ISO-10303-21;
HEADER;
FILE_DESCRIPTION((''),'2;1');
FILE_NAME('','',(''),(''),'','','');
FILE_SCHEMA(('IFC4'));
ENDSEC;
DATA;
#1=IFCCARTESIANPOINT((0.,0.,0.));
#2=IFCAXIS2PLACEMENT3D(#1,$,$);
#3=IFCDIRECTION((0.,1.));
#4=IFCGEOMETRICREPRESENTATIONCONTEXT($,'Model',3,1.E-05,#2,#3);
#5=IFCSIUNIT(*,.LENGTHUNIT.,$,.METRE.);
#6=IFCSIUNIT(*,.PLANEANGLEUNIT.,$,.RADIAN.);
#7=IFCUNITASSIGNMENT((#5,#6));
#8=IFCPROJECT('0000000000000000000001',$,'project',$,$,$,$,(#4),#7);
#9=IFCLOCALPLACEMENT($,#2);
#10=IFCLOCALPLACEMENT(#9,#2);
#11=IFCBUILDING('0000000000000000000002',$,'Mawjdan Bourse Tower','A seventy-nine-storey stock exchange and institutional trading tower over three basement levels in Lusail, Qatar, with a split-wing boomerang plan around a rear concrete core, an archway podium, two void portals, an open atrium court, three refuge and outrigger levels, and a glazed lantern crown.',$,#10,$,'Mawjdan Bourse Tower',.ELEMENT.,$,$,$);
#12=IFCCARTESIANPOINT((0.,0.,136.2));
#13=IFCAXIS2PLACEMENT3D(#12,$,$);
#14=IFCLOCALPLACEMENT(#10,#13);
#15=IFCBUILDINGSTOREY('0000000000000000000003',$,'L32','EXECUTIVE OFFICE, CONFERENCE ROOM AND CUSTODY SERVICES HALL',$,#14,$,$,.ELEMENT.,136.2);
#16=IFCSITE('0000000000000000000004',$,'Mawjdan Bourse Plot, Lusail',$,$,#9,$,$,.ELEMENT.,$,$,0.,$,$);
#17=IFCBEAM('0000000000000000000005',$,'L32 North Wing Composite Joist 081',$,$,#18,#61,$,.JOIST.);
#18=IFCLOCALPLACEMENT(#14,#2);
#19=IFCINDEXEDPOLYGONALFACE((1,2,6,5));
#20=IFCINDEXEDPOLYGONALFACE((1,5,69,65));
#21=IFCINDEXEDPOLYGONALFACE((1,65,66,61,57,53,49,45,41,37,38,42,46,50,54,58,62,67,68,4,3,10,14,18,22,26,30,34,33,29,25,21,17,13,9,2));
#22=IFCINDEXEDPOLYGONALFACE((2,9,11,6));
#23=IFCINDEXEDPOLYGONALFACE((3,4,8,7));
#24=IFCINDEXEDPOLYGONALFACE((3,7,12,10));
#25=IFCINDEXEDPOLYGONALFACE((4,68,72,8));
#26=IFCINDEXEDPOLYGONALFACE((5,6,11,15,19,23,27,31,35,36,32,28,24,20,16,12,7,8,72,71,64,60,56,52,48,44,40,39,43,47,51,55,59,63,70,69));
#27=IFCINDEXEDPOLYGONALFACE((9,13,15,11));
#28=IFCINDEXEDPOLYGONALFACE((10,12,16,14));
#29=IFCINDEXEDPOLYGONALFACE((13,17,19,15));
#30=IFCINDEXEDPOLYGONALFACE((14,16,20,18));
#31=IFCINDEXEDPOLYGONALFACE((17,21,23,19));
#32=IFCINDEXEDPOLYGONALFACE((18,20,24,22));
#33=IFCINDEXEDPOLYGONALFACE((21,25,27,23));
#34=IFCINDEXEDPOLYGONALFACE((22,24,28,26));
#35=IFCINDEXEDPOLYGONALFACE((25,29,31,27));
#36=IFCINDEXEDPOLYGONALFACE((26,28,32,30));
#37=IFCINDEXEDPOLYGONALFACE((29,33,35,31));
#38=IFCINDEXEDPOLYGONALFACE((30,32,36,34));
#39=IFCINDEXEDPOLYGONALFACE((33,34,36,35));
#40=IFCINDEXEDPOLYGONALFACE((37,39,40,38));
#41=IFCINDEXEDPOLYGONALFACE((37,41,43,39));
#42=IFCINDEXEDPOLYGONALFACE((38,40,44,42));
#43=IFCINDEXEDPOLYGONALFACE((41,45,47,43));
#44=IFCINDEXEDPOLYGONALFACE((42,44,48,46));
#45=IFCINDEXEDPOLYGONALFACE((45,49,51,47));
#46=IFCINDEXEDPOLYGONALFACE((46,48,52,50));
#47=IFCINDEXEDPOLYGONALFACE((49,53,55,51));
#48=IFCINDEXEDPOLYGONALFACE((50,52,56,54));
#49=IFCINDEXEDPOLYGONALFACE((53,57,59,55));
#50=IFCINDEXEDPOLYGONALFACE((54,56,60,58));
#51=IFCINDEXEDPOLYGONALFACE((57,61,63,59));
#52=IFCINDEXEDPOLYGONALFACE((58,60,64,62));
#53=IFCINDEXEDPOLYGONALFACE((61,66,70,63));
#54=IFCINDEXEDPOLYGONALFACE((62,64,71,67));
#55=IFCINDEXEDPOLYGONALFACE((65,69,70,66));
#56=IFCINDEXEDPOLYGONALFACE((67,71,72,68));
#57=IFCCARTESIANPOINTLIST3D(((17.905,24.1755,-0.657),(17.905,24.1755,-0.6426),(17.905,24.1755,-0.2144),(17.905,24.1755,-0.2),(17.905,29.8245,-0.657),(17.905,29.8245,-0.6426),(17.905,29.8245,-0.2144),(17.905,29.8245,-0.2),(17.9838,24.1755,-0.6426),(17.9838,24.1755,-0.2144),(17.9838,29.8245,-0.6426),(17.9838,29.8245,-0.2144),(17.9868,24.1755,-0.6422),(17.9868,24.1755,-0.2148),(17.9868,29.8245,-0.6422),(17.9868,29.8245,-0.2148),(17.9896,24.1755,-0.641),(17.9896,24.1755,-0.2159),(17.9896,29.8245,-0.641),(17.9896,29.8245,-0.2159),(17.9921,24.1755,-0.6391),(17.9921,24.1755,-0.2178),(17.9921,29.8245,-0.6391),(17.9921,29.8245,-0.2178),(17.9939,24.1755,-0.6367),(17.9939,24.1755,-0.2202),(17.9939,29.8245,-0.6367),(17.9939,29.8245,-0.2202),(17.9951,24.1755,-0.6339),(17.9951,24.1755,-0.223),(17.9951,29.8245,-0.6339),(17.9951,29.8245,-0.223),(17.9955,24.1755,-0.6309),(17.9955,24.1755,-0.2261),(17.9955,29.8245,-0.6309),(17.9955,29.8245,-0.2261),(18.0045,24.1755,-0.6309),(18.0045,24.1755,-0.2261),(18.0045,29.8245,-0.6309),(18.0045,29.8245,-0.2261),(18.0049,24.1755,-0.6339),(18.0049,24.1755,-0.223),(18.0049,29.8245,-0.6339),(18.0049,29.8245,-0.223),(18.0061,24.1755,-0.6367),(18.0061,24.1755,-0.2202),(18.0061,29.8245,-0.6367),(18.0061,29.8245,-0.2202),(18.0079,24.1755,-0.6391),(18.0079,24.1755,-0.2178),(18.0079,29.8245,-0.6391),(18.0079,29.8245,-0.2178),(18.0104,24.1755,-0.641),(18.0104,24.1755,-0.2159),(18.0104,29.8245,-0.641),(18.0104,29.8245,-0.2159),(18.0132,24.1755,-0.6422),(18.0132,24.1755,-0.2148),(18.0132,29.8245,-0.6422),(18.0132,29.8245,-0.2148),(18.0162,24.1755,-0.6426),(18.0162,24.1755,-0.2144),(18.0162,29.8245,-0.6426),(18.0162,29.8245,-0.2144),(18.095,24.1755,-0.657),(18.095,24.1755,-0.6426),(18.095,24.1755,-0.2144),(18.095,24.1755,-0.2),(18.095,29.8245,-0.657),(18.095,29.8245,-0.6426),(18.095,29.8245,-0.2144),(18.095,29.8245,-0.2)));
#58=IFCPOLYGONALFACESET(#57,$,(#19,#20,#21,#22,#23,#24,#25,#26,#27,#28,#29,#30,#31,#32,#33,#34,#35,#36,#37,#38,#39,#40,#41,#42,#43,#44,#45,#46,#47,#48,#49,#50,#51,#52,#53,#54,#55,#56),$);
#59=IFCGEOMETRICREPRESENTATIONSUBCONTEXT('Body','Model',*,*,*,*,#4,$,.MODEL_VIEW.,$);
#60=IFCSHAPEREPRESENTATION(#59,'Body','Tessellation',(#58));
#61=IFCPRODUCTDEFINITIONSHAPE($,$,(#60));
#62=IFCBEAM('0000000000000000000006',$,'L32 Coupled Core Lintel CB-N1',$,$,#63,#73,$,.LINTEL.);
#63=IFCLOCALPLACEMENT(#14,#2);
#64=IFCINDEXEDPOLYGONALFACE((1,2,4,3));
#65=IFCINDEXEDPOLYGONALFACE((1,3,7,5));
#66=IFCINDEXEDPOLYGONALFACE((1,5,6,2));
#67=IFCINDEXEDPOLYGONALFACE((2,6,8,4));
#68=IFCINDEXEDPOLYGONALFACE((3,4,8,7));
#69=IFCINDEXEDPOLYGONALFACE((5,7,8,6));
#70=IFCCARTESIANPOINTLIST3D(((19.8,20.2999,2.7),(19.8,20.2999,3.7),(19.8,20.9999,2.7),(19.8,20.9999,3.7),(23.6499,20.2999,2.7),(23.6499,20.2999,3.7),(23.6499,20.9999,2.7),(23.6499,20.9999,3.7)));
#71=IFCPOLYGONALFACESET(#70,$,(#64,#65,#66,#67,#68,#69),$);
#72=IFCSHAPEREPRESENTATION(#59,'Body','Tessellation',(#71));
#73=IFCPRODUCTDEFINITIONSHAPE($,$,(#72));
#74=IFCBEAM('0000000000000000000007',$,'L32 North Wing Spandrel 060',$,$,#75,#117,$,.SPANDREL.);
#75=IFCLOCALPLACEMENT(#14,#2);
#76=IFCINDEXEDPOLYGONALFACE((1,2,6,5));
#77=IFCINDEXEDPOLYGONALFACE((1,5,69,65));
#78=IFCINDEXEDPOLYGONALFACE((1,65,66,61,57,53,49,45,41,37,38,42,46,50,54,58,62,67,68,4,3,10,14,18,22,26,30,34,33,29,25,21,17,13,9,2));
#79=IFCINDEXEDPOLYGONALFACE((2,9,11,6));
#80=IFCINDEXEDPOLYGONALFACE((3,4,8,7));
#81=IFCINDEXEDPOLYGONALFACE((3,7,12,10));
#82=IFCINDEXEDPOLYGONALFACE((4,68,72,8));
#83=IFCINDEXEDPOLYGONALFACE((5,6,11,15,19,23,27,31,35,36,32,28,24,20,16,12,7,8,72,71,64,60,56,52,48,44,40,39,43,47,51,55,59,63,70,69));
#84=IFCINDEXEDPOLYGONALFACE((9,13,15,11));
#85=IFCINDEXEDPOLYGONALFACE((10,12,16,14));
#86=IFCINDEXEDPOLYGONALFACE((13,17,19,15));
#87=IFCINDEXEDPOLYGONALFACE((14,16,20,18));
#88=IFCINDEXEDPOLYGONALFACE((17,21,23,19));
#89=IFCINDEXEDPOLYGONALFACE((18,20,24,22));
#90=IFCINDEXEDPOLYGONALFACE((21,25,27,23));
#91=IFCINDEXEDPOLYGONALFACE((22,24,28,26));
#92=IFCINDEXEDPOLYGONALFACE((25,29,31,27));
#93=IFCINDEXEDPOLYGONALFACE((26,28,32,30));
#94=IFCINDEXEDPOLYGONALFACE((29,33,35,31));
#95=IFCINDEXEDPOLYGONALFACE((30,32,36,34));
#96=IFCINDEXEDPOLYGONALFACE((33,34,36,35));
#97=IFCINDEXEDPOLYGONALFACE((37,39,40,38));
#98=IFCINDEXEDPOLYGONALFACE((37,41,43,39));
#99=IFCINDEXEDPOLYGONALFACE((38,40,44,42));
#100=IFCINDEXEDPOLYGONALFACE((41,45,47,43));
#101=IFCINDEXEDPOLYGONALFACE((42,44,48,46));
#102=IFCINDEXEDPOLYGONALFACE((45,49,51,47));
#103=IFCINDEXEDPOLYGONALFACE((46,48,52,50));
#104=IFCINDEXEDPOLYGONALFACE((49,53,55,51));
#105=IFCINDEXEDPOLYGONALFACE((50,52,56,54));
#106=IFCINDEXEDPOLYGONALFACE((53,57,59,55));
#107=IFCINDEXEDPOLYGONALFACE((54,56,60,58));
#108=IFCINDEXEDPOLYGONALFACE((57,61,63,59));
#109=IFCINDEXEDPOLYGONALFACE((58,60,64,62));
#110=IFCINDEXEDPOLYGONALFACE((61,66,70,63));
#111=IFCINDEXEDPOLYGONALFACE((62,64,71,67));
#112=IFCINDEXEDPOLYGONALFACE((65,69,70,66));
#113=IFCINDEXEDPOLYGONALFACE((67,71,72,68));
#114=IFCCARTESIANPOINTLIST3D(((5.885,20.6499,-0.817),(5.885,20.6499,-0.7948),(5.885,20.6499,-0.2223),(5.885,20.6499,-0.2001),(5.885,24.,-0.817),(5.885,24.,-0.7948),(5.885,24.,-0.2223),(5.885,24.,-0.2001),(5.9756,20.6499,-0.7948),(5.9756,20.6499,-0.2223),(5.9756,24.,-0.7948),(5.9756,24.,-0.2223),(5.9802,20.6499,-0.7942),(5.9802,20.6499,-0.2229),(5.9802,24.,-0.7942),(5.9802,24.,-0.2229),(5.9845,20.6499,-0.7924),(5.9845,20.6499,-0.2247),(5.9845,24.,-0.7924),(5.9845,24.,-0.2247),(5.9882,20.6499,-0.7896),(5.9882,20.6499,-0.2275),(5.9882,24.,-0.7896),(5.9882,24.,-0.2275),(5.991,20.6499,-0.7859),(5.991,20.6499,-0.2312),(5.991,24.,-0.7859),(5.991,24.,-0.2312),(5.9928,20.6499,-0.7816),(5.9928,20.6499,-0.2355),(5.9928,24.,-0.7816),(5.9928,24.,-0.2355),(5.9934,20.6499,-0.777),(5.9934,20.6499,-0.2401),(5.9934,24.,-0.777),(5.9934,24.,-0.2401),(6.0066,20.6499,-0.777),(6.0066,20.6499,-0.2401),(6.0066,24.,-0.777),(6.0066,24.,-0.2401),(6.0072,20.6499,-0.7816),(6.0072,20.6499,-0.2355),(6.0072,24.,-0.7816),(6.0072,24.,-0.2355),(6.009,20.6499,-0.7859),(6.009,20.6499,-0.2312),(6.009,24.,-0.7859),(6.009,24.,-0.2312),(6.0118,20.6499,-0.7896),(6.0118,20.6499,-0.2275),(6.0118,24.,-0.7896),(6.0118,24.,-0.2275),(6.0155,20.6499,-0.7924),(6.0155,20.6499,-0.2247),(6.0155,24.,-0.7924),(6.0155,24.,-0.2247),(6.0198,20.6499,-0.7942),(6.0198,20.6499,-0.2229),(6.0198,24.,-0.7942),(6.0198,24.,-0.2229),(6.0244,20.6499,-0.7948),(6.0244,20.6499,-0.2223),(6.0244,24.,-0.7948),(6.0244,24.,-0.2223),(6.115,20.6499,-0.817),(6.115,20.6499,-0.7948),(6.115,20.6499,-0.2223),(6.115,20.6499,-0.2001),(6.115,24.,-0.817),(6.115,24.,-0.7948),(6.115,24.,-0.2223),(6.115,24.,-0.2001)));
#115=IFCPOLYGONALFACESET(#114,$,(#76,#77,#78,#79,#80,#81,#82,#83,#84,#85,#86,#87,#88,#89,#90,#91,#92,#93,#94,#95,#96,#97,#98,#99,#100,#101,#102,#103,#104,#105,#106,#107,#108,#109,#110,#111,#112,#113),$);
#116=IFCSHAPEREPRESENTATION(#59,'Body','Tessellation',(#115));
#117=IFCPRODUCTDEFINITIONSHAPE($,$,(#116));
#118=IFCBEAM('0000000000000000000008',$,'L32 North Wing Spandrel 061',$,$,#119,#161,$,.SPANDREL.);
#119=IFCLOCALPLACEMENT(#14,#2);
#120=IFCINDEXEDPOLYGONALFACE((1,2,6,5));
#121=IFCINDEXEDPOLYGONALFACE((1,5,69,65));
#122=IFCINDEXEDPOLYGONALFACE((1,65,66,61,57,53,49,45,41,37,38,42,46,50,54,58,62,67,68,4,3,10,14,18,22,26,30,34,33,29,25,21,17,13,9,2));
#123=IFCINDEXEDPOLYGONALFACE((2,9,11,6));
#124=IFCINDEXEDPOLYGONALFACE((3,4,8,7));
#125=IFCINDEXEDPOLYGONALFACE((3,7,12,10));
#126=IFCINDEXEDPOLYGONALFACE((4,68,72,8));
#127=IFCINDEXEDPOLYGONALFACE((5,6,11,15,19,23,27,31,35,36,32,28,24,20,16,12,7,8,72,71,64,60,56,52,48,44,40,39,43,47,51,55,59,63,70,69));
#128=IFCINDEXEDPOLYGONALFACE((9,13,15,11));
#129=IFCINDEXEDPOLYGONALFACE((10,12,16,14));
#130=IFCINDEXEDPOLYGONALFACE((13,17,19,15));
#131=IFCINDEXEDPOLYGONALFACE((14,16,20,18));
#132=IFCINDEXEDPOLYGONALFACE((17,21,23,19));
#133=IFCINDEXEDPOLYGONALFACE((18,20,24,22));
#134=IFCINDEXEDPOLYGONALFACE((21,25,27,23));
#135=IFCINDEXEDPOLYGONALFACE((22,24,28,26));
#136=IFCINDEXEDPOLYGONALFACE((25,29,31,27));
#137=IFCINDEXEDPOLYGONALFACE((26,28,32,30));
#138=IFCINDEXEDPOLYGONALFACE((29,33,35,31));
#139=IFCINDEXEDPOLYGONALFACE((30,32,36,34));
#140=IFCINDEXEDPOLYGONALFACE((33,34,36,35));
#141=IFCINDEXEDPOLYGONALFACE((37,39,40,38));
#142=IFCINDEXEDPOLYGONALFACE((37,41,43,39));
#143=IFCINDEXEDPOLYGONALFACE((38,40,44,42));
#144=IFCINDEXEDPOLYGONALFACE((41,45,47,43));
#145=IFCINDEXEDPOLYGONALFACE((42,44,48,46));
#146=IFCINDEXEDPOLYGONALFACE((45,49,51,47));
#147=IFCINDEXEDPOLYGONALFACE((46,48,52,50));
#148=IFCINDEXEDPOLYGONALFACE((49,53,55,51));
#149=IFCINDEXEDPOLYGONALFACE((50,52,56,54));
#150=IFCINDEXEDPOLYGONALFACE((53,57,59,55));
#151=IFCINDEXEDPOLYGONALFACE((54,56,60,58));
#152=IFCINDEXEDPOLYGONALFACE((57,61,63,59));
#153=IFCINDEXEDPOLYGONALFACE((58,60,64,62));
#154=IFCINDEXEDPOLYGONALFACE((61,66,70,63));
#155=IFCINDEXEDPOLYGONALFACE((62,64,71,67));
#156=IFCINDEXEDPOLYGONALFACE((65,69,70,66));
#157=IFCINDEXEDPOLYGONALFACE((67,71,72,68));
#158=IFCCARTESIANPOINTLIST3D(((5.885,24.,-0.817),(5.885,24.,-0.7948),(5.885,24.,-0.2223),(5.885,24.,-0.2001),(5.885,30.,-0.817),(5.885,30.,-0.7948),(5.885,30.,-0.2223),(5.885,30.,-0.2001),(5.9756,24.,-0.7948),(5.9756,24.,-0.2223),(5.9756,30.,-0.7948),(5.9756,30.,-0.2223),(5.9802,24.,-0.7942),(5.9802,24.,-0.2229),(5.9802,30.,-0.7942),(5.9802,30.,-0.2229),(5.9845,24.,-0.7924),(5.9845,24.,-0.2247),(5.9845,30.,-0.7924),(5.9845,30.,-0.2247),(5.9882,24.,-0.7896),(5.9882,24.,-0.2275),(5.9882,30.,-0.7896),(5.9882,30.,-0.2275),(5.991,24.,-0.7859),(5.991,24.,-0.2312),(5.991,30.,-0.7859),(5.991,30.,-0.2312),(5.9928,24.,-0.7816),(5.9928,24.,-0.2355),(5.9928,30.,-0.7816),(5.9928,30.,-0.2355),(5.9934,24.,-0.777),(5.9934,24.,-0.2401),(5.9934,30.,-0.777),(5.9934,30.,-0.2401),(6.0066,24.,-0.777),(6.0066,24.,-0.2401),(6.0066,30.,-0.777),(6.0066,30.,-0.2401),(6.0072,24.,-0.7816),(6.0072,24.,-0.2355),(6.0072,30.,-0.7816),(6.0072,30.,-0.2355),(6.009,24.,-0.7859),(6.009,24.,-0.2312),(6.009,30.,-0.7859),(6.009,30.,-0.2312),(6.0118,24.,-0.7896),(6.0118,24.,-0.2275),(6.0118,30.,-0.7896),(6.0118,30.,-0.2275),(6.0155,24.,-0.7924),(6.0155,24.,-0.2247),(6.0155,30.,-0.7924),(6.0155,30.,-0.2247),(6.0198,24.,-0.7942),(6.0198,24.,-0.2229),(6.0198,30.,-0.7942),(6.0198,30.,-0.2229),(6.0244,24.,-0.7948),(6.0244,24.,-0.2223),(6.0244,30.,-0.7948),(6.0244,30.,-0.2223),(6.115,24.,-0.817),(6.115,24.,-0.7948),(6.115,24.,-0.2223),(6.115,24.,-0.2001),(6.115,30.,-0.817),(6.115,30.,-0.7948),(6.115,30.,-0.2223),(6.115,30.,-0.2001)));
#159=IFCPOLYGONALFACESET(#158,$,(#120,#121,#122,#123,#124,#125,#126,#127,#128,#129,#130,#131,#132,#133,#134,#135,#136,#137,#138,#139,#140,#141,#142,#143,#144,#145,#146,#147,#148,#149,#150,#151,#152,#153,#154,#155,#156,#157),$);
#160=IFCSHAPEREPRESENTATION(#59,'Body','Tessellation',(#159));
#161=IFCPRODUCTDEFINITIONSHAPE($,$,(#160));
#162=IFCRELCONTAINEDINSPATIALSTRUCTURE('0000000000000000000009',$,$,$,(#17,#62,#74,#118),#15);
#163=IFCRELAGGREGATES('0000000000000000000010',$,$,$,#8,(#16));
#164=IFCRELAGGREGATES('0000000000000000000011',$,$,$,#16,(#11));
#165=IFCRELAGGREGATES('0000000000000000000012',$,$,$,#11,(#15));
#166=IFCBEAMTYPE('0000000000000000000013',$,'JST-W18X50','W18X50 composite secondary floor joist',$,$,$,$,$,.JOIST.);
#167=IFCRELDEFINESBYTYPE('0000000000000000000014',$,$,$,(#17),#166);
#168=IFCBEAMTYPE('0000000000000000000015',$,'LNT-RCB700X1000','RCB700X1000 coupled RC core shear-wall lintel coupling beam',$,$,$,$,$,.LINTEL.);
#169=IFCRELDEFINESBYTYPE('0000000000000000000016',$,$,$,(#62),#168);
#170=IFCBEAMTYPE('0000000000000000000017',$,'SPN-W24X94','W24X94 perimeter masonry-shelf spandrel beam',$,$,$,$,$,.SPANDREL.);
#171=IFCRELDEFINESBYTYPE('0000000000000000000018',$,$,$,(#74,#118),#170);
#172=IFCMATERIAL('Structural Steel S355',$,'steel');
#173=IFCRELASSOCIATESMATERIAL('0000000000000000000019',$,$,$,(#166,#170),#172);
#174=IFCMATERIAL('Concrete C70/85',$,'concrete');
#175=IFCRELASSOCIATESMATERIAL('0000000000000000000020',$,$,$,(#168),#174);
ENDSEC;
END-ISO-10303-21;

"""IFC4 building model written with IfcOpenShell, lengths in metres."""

from ifc_helpers import new_model, si_unit, direction, frame, origin, origin_2d, place, context, subcontext, project, spatial, rectangle, i_section, extrude, material, material_profile, profile_set, type_object, element, save


model = new_model("IFC4")

# Units and contexts
model_context = context("Model", 3, precision=1e-05, world=origin(), true_north=direction((0.0, 1.0)))
body_context = subcontext(model_context, "Body", "Model", "MODEL_VIEW")
ifc_project = project(units=[si_unit("LENGTHUNIT", "METRE"), si_unit("PLANEANGLEUNIT", "RADIAN")], contexts=[model_context])

# Site, building, storey
site_placement = place(None, origin())
site = spatial("IfcSite", under=ifc_project, at=site_placement, Name="Mawjdan Bourse Plot, Lusail", CompositionType="ELEMENT", RefElevation=0.0)
building_placement = place(site_placement, origin())
building = spatial("IfcBuilding", under=site, at=building_placement, Name="Mawjdan Bourse Tower", Description="A seventy-nine-storey stock exchange and institutional trading tower over three basement levels in Lusail, Qatar, with a split-wing boomerang plan around a rear concrete core, an archway podium, two void portals, an open atrium court, three refuge and outrigger levels, and a glazed lantern crown.", LongName="Mawjdan Bourse Tower", CompositionType="ELEMENT")
storey_placement = place(building_placement, frame((0.0, 0.0, 136.2)))
storey = spatial("IfcBuildingStorey", under=building, at=storey_placement, Name="L32", Description="EXECUTIVE OFFICE, CONFERENCE ROOM AND CUSTODY SERVICES HALL", CompositionType="ELEMENT", Elevation=136.2)

# Shared definitions
ifc_material_1 = material(Name="Concrete C70/85", Category="concrete")

# Beams
ifc_material_2 = material(Name="Structural Steel S355", Category="steel")
ifc_material_profile_1 = material_profile(ifc_material_2, i_section(OverallWidth=0.1899, OverallDepth=0.457, WebThickness=0.009, FlangeThickness=0.0144, FilletRadius=0.0117, at=origin_2d()), Name="W18X50")
ifc_profile_set_1 = profile_set([ifc_material_profile_1], Name="Structural Steel S355")
beam_type_1 = type_object("IfcBeamType", Name="JST-W18X50", Description="W18X50 composite secondary floor joist", PredefinedType="JOIST", material=ifc_profile_set_1)
beam_1_placement = place(storey_placement, frame((18.0, 24.1755, -0.4285), z_axis=(0.0, 1.0, 0.0), x_axis=(-1.0, 0.0, 0.0)))
element("IfcBeam", 1, at=beam_1_placement, inside=storey, type_object=beam_type_1, Name="L32 North Wing Composite Joist 081", PredefinedType="JOIST", context=body_context, shape_type="SweptSolid", body=[
    extrude(i_section(OverallWidth=0.1899, OverallDepth=0.457, WebThickness=0.009, FlangeThickness=0.0144, FilletRadius=0.0117, at=origin_2d()), origin(), (0.0, 0.0, 1.0), 5.6489),
])
ifc_material_profile_2 = material_profile(ifc_material_1, rectangle(XDim=0.7, YDim=1.0, at=origin_2d()), Name="RCB700X1000")
ifc_profile_set_2 = profile_set([ifc_material_profile_2], Name="Concrete C70/85")
beam_type_2 = type_object("IfcBeamType", Name="LNT-RCB700X1000", Description="RCB700X1000 coupled RC core shear-wall lintel coupling beam", PredefinedType="LINTEL", material=ifc_profile_set_2)
beam_2_placement = place(storey_placement, frame((19.8, 20.6499, 3.2), z_axis=(1.0, 0.0, 0.0), x_axis=(0.0, 1.0, 0.0)))
element("IfcBeam", 2, at=beam_2_placement, inside=storey, type_object=beam_type_2, Name="L32 Coupled Core Lintel CB-N1", PredefinedType="LINTEL", context=body_context, shape_type="SweptSolid", body=[
    extrude(rectangle(XDim=0.7, YDim=1.0, at=origin_2d()), origin(), (0.0, 0.0, 1.0), 3.8499),
])
ifc_material_profile_3 = material_profile(ifc_material_2, i_section(OverallWidth=0.23, OverallDepth=0.6169, WebThickness=0.0132, FlangeThickness=0.0222, FilletRadius=0.0178, at=origin_2d()), Name="W24X94")
ifc_profile_set_3 = profile_set([ifc_material_profile_3], Name="Structural Steel S355")
beam_type_3 = type_object("IfcBeamType", Name="SPN-W24X94", Description="W24X94 perimeter masonry-shelf spandrel beam", PredefinedType="SPANDREL", material=ifc_profile_set_3)
beam_3_placement = place(storey_placement, frame((6.0, 20.6499, -0.5085), z_axis=(0.0, 1.0, 0.0), x_axis=(-1.0, 0.0, 0.0)))
element("IfcBeam", 3, at=beam_3_placement, inside=storey, type_object=beam_type_3, Name="L32 North Wing Spandrel 060", PredefinedType="SPANDREL", context=body_context, shape_type="SweptSolid", body=[
    extrude(i_section(OverallWidth=0.23, OverallDepth=0.6169, WebThickness=0.0132, FlangeThickness=0.0222, FilletRadius=0.0178, at=origin_2d()), origin(), (0.0, 0.0, 1.0), 3.3501),
])
beam_4_placement = place(storey_placement, frame((6.0, 24.0, -0.5085), z_axis=(0.0, 1.0, 0.0), x_axis=(-1.0, 0.0, 0.0)))
element("IfcBeam", 4, at=beam_4_placement, inside=storey, type_object=beam_type_3, Name="L32 North Wing Spandrel 061", PredefinedType="SPANDREL", context=body_context, shape_type="SweptSolid", body=[
    extrude(i_section(OverallWidth=0.23, OverallDepth=0.6169, WebThickness=0.0132, FlangeThickness=0.0222, FilletRadius=0.0178, at=origin_2d()), origin(), (0.0, 0.0, 1.0), 6.0),
])

save(model, "model.ifc")
